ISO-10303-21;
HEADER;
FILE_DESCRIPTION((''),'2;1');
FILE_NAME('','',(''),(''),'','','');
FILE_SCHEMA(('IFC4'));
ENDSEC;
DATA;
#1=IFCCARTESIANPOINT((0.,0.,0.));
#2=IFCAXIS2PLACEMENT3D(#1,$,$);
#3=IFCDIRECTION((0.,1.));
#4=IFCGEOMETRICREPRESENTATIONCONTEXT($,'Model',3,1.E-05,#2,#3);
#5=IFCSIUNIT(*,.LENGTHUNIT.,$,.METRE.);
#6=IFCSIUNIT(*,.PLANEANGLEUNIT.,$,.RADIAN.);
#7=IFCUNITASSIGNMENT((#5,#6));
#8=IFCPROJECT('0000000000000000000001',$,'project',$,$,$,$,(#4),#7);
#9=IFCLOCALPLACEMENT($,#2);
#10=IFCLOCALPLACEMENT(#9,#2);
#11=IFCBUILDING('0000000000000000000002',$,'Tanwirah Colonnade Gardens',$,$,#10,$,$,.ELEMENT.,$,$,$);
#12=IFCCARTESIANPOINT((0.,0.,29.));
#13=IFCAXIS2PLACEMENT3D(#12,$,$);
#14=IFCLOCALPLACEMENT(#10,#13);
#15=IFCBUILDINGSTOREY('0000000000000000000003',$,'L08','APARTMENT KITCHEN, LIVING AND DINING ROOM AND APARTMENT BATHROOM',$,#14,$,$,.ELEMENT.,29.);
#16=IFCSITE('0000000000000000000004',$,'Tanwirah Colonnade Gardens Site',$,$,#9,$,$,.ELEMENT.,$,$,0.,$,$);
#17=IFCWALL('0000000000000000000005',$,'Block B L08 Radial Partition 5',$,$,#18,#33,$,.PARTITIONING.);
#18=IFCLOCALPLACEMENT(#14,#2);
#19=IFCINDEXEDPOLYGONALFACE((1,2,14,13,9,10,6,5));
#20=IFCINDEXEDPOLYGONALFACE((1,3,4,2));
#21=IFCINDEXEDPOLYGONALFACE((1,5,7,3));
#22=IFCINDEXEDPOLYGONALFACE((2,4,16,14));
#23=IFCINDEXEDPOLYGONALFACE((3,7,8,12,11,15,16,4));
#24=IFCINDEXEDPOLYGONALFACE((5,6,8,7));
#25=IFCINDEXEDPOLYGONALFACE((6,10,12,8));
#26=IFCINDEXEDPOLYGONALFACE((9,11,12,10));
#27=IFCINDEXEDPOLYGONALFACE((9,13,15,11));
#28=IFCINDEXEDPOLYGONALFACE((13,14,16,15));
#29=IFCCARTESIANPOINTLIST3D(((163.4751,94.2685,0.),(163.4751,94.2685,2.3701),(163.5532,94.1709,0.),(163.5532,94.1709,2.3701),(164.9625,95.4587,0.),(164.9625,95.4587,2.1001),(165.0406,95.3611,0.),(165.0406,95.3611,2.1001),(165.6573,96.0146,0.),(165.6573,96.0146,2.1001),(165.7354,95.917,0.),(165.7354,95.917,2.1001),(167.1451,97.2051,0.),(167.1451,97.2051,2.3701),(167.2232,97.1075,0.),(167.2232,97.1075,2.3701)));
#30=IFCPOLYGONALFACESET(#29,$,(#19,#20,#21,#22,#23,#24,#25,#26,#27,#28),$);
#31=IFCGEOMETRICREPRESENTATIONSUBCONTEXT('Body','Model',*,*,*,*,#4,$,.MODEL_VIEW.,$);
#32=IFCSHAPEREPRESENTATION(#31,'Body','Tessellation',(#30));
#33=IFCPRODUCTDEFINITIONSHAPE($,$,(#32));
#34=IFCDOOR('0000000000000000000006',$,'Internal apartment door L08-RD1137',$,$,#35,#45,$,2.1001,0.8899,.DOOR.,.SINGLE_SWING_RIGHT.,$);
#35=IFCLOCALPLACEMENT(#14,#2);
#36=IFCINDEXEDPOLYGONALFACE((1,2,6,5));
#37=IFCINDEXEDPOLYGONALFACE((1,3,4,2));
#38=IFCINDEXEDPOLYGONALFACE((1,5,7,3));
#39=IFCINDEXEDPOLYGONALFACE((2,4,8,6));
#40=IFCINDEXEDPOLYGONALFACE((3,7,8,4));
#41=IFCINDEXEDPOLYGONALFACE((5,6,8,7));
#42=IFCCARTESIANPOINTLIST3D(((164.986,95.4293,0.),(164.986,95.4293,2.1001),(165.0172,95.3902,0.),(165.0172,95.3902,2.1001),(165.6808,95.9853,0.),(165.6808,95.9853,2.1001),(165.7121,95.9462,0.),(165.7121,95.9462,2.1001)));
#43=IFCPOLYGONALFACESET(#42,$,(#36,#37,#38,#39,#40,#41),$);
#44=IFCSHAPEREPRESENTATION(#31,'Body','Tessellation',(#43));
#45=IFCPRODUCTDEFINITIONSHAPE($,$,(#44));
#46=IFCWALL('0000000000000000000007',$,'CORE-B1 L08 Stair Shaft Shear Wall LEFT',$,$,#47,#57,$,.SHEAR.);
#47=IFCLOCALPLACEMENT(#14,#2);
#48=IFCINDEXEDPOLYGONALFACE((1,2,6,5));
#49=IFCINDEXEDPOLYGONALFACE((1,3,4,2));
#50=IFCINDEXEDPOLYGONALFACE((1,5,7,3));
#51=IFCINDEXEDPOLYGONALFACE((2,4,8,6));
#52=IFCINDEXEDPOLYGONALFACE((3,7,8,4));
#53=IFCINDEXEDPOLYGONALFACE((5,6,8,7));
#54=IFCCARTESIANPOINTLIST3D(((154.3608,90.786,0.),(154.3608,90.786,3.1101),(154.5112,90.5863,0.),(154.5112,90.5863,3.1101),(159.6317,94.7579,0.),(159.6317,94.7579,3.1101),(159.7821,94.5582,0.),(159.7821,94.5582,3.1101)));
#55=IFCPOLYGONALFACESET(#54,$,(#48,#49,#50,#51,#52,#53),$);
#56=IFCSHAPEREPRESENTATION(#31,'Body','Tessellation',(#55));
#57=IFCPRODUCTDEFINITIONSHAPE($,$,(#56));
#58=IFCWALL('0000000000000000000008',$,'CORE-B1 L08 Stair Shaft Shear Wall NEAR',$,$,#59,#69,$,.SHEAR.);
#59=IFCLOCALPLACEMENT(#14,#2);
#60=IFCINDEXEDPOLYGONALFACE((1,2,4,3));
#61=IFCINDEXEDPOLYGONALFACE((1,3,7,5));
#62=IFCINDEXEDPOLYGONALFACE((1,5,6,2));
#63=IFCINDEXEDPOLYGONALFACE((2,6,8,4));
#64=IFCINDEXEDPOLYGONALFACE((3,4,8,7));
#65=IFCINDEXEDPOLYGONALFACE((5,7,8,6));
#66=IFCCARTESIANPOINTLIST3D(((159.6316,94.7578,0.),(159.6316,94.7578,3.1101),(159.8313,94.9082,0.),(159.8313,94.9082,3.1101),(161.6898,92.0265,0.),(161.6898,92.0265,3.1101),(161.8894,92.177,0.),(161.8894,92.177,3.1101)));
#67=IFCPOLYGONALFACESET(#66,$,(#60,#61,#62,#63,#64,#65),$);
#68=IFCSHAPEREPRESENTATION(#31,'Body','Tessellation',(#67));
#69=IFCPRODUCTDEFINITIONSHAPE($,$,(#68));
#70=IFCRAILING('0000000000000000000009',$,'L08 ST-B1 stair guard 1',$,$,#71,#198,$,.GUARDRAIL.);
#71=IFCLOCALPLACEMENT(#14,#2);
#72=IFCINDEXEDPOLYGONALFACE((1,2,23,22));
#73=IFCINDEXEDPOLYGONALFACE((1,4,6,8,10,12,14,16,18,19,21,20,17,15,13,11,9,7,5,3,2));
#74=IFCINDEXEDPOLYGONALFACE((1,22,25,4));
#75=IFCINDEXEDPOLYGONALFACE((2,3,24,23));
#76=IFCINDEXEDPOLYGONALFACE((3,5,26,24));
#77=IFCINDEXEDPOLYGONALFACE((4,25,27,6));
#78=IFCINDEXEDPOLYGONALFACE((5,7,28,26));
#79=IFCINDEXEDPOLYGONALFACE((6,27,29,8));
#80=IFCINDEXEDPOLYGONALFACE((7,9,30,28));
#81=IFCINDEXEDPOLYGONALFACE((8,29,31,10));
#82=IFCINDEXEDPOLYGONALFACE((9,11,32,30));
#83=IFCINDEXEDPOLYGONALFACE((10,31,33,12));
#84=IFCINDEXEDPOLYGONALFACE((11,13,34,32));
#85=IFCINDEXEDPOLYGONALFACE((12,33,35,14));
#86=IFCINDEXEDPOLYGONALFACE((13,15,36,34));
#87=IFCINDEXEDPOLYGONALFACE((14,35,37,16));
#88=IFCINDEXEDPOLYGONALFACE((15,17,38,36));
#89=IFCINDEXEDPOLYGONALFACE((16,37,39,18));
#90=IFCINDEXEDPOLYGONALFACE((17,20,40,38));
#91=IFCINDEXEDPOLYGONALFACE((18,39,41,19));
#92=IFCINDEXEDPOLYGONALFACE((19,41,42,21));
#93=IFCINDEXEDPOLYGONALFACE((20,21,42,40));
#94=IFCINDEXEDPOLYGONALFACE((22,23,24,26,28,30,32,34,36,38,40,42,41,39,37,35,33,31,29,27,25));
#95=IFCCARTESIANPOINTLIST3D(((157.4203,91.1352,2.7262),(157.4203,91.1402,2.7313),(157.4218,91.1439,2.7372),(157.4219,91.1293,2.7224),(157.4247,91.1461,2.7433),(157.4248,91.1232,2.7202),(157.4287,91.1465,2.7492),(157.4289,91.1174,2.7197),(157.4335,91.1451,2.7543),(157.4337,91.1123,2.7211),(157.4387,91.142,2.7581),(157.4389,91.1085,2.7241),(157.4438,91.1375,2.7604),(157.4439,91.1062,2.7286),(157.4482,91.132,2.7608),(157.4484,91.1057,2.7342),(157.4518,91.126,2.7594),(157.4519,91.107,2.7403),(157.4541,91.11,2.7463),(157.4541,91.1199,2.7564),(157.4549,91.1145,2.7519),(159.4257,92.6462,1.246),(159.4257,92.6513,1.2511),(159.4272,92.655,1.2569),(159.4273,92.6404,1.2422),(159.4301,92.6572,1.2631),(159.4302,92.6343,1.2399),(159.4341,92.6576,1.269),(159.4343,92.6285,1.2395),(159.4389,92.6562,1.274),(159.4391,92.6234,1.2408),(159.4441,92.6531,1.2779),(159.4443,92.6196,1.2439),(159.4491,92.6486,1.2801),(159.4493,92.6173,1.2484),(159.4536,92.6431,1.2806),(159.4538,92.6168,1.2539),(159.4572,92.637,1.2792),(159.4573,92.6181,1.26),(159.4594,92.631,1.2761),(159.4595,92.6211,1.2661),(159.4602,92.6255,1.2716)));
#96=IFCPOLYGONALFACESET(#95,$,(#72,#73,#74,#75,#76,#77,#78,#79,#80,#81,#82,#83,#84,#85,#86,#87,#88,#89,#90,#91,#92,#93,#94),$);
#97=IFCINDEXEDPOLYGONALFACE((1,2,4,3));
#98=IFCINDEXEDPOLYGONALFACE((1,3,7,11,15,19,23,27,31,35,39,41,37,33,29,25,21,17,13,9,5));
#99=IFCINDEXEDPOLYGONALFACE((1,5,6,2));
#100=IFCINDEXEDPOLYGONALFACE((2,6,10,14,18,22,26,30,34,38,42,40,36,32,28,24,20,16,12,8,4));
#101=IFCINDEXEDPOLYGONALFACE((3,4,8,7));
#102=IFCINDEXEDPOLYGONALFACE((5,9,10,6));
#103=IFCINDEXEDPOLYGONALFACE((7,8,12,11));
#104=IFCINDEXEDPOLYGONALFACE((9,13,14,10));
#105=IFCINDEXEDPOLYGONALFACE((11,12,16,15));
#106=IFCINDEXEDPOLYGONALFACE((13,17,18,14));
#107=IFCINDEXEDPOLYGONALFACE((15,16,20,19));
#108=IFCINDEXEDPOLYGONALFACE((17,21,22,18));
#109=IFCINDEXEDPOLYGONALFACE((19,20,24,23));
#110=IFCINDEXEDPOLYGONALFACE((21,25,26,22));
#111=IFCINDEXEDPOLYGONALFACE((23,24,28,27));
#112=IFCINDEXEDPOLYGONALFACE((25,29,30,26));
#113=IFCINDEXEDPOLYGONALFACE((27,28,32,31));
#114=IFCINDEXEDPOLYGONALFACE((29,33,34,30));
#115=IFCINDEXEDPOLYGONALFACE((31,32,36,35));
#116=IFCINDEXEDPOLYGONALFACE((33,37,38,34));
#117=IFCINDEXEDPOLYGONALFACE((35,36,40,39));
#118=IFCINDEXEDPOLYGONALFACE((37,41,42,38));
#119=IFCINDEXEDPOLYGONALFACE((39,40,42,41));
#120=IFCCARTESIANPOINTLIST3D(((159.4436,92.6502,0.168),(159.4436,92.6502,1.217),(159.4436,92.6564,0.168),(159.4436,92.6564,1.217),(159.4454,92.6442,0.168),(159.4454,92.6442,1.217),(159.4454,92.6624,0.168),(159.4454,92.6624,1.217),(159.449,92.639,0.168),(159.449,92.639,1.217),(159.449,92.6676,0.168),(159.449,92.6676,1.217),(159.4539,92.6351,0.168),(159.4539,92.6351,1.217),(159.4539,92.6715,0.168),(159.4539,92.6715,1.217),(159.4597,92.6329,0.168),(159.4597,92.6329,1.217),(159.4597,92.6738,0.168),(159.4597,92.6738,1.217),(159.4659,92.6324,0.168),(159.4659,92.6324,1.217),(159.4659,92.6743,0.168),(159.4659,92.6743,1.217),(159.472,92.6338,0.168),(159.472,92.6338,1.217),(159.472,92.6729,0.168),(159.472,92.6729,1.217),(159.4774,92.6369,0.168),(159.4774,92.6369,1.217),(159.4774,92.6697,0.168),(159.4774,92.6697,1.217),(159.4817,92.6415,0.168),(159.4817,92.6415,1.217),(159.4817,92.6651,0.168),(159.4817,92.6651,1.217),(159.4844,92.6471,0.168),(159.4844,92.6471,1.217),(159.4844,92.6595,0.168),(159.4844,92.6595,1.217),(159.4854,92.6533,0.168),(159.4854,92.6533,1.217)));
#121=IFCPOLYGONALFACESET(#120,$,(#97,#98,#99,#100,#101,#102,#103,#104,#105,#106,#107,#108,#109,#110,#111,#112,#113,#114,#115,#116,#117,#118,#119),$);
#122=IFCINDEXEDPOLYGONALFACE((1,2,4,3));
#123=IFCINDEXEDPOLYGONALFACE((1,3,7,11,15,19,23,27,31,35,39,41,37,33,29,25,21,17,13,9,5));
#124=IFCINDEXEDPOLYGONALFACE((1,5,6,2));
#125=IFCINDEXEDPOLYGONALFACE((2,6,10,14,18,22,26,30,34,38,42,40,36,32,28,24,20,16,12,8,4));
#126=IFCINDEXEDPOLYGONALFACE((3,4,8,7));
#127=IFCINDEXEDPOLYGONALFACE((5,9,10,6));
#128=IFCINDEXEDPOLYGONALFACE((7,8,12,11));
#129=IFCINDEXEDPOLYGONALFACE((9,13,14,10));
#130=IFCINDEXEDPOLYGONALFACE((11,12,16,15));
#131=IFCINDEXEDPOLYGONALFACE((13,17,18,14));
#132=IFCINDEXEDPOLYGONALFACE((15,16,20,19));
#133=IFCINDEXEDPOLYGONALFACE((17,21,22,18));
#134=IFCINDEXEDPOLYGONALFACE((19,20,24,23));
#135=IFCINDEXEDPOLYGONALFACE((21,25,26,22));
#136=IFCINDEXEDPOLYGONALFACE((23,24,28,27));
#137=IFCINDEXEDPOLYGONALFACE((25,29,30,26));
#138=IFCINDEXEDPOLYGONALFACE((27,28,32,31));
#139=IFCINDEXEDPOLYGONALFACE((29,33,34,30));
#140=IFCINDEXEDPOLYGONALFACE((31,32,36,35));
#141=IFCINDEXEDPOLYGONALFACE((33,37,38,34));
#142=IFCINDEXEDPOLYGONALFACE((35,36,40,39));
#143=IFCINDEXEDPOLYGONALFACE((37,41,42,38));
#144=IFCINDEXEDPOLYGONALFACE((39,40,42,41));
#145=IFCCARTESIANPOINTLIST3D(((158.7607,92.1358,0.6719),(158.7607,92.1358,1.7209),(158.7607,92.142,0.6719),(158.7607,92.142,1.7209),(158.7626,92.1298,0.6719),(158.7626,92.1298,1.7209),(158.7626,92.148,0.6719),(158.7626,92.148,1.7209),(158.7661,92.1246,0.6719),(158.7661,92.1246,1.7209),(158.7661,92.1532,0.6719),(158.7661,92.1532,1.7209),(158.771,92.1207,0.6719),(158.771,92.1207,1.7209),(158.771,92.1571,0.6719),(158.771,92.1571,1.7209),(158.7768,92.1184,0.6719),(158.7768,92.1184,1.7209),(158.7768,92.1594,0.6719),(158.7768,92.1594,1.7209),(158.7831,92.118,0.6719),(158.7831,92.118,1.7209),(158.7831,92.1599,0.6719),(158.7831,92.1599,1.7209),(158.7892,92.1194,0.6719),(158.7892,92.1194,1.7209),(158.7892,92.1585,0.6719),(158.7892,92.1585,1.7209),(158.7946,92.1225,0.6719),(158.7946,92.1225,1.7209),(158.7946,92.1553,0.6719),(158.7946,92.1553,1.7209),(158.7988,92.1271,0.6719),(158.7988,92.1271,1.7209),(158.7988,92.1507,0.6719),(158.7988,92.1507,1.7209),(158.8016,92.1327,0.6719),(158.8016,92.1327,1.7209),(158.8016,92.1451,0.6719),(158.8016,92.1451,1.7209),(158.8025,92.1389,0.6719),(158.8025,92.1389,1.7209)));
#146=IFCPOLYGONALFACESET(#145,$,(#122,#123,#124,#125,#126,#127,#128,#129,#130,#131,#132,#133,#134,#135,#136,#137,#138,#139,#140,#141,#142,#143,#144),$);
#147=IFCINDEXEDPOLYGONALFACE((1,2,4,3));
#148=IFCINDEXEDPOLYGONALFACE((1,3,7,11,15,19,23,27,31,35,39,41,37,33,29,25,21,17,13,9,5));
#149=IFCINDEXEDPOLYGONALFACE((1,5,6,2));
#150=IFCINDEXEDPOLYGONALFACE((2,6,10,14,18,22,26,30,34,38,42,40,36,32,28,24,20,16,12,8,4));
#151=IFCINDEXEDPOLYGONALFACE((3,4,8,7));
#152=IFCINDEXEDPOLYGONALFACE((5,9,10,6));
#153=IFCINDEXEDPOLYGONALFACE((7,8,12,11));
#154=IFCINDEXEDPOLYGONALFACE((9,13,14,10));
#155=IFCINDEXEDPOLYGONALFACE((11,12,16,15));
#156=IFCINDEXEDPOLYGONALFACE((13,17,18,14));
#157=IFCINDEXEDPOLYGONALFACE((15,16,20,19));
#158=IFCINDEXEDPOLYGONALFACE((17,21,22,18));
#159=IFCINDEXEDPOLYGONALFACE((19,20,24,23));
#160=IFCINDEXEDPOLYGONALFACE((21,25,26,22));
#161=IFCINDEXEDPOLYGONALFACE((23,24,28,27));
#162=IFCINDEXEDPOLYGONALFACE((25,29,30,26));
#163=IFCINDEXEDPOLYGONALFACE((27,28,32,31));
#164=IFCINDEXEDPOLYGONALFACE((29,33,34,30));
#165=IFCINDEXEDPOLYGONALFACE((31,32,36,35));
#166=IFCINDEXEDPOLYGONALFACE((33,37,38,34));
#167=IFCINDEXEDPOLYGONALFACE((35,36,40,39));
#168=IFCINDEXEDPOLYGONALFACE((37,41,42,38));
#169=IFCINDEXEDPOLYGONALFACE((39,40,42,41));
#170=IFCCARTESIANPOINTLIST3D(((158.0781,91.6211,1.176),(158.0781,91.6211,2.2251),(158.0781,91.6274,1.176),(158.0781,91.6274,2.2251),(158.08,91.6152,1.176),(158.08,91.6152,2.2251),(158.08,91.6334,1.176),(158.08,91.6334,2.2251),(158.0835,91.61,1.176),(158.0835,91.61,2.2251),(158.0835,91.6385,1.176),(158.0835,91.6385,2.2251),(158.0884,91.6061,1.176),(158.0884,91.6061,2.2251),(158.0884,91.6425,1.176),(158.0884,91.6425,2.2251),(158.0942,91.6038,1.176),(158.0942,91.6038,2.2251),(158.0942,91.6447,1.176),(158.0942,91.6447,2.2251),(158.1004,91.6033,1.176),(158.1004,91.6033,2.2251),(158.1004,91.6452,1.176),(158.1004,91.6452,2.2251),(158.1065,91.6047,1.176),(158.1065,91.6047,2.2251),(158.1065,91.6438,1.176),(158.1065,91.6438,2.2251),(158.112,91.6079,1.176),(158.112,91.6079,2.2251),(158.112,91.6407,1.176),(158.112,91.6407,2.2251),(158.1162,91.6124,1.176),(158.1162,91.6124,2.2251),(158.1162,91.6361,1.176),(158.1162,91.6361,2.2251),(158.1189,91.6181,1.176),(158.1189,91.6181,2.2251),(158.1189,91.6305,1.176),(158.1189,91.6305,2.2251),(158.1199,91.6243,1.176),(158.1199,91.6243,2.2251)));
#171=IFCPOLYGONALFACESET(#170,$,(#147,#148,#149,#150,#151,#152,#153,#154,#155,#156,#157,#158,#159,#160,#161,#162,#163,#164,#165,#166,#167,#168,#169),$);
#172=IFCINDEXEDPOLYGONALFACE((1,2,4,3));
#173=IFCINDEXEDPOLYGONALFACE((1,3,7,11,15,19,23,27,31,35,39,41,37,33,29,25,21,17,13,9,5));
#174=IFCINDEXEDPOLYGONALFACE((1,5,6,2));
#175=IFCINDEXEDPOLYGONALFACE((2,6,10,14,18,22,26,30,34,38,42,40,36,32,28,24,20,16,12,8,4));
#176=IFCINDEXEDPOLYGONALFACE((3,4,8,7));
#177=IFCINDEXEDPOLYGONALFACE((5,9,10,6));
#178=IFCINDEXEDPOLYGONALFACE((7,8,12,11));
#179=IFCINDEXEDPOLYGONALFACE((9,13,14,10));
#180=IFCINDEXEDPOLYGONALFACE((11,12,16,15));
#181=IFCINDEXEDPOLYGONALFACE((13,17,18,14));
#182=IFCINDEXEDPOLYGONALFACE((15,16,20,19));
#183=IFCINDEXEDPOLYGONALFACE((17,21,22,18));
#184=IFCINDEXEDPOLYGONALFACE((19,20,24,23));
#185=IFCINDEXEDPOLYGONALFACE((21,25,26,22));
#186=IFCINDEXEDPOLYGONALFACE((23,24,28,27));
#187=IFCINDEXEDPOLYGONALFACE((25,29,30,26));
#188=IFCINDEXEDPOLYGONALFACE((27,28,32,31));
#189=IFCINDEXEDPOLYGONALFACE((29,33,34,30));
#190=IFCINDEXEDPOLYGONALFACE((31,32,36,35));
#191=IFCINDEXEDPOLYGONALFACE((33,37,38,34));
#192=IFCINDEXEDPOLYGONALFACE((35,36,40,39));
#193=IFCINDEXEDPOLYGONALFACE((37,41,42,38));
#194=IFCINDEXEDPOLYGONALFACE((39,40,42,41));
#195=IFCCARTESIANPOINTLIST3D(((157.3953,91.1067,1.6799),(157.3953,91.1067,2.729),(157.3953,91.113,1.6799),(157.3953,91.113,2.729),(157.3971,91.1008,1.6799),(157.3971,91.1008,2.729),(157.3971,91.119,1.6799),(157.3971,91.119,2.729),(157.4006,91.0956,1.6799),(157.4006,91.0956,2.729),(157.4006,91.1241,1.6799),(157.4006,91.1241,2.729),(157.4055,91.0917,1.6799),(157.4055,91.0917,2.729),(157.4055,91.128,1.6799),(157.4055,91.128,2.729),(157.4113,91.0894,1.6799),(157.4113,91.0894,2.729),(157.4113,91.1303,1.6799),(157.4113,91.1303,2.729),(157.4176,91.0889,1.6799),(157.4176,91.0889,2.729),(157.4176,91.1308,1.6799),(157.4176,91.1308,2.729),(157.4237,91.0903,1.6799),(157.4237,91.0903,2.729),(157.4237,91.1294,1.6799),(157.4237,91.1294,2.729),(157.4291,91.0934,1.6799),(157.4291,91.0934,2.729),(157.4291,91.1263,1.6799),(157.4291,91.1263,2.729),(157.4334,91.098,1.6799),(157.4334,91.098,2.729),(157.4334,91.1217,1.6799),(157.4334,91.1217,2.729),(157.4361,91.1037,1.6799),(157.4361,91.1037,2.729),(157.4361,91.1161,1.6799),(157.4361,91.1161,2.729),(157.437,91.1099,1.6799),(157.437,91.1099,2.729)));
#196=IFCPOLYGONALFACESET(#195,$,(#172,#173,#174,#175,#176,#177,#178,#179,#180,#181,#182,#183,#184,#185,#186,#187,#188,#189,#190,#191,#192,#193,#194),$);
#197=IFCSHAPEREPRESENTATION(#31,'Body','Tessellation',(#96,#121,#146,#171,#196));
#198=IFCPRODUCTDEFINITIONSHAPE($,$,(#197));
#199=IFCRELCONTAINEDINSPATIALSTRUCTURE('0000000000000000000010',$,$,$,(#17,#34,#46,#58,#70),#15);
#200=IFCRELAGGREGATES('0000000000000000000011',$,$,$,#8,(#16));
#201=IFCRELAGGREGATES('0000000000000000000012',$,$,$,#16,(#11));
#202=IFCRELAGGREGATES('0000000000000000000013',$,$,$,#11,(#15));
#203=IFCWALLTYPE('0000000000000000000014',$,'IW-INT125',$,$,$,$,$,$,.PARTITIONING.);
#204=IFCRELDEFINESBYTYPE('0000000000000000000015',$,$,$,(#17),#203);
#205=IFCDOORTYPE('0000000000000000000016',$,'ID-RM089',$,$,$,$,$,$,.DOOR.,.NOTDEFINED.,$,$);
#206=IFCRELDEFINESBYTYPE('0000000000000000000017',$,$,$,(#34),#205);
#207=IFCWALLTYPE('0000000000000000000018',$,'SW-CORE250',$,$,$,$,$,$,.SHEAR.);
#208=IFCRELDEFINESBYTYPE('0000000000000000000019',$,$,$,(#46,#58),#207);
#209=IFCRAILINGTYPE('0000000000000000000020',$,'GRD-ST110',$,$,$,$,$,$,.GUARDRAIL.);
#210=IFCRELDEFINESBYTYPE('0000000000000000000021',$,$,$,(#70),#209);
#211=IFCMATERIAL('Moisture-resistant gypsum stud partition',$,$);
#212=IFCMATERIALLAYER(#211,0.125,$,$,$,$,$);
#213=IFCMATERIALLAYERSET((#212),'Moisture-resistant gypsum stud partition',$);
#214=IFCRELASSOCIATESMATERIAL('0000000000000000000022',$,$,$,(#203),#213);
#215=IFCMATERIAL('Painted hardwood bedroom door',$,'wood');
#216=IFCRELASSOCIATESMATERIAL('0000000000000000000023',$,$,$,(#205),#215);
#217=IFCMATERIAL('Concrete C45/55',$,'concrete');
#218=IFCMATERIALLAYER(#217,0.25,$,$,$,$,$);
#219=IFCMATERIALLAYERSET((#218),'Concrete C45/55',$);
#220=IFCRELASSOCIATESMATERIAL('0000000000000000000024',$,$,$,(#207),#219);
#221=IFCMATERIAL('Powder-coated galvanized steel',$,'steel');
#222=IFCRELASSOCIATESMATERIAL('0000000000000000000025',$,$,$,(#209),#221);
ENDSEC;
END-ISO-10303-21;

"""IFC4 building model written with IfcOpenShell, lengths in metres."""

from ifc_helpers import new_model, si_unit, direction, frame, frame_2d, origin, origin_2d, place, context, subcontext, project, spatial, rectangle, circle, extrude, material, layer, layer_set, type_object, element, fill, save


model = new_model("IFC4")

# Units and contexts
model_context = context("Model", 3, precision=1e-05, world=origin(), true_north=direction((0.0, 1.0)))
body_context = subcontext(model_context, "Body", "Model", "MODEL_VIEW")
ifc_project = project(units=[si_unit("LENGTHUNIT", "METRE"), si_unit("PLANEANGLEUNIT", "RADIAN")], contexts=[model_context])

# Site, building, storey
site_placement = place(None, origin())
site = spatial("IfcSite", under=ifc_project, at=site_placement, Name="Tanwirah Colonnade Gardens Site", CompositionType="ELEMENT", RefElevation=0.0)
building_placement = place(site_placement, origin())
building = spatial("IfcBuilding", under=site, at=building_placement, Name="Tanwirah Colonnade Gardens", CompositionType="ELEMENT")
storey_placement = place(building_placement, frame((0.0, 0.0, 29.0)))
storey = spatial("IfcBuildingStorey", under=building, at=storey_placement, Name="L08", Description="APARTMENT KITCHEN, LIVING AND DINING ROOM AND APARTMENT BATHROOM", CompositionType="ELEMENT", Elevation=29.0)

# Wall, opening, door
ifc_material_1 = material(Name="Moisture-resistant gypsum stud partition")
ifc_layer_1 = layer(ifc_material_1, 0.125)
ifc_layer_set_1 = layer_set([ifc_layer_1], Name="Moisture-resistant gypsum stud partition")
wall_type_1 = type_object("IfcWallType", Name="IW-INT125", PredefinedType="PARTITIONING", material=ifc_layer_set_1)
wall_1_placement = place(storey_placement, frame((163.5142, 94.2197, 0.0), z_axis=(0.0, 0.0, 1.0), x_axis=(0.780808, 0.624771, 0.0)))
wall_1 = element("IfcWall", 1, at=wall_1_placement, inside=storey, type_object=wall_type_1, Name="Block B L08 Radial Partition 5", PredefinedType="PARTITIONING", context=body_context, shape_type="SweptSolid", body=[
    extrude(rectangle(XDim=4.7002, YDim=0.125, at=frame_2d((2.3501, 0.0))), origin(), (0.0, 0.0, 1.0), 2.3701),
])
opening_1_placement = place(wall_1_placement, frame((1.905, 0.0, 0.0)))
opening_1 = element("IfcOpeningElement", 2, at=opening_1_placement, cuts=wall_1, PredefinedType="OPENING", context=body_context, shape_type="SweptSolid", body=[
    extrude(rectangle(XDim=0.8899, YDim=2.1001, at=frame_2d((0.4448, 1.05))), frame((0.0, 0.0725, 0.0), z_axis=(0.0, -1.0, 0.0), x_axis=(1.0, 0.0, 0.0)), (0.0, 0.0, 1.0), 0.145),
])
ifc_material_2 = material(Name="Painted hardwood bedroom door", Category="wood")
door_type_1 = type_object("IfcDoorType", Name="ID-RM089", OperationType="NOTDEFINED", PredefinedType="DOOR", material=ifc_material_2)
door_1_placement = place(opening_1_placement, origin())
door_1 = element("IfcDoor", 3, at=door_1_placement, inside=storey, type_object=door_type_1, Name="Internal apartment door L08-RD1137", OperationType="SINGLE_SWING_RIGHT", OverallHeight=2.1001, OverallWidth=0.8899, PredefinedType="DOOR", context=body_context, shape_type="SweptSolid", body=[
    extrude(rectangle(XDim=0.8899, YDim=2.1001, at=frame_2d((0.4448, 1.05))), frame((0.0, 0.0249, 0.0), z_axis=(0.0, -1.0, 0.0), x_axis=(1.0, 0.0, 0.0)), (0.0, 0.0, 1.0), 0.05),
])
fill(opening_1, door_1)

# Walls
ifc_material_3 = material(Name="Concrete C45/55", Category="concrete")
ifc_layer_2 = layer(ifc_material_3, 0.25)
ifc_layer_set_2 = layer_set([ifc_layer_2], Name="Concrete C45/55")
wall_type_2 = type_object("IfcWallType", Name="SW-CORE250", PredefinedType="SHEAR", material=ifc_layer_set_2)
wall_2_placement = place(storey_placement, frame((159.7068, 94.658, 0.0), z_axis=(0.0, 0.0, 1.0), x_axis=(-0.79864, -0.60181, 0.0)))
element("IfcWall", 4, at=wall_2_placement, inside=storey, type_object=wall_type_2, Name="CORE-B1 L08 Stair Shaft Shear Wall LEFT", PredefinedType="SHEAR", context=body_context, shape_type="SweptSolid", body=[
    extrude(rectangle(XDim=6.5999, YDim=0.25, at=frame_2d((3.2998, 0.0))), origin(), (0.0, 0.0, 1.0), 3.1101),
])
wall_3_placement = place(storey_placement, frame((159.7314, 94.833, 0.0), z_axis=(0.0, 0.0, 1.0), x_axis=(0.601815, -0.798636, 0.0)))
element("IfcWall", 5, at=wall_3_placement, inside=storey, type_object=wall_type_2, Name="CORE-B1 L08 Stair Shaft Shear Wall NEAR", PredefinedType="SHEAR", context=body_context, shape_type="SweptSolid", body=[
    extrude(rectangle(XDim=3.4199, YDim=0.25, at=frame_2d((1.71, 0.0))), origin(), (0.0, 0.0, 1.0), 3.1101),
])

# Railing
ifc_material_4 = material(Name="Powder-coated galvanized steel", Category="steel")
railing_type_1 = type_object("IfcRailingType", Name="GRD-ST110", PredefinedType="GUARDRAIL", material=ifc_material_4)
railing_1_placement = place(storey_placement, frame((159.4644, 92.6533, 0.168)))
element("IfcRailing", 6, at=railing_1_placement, inside=storey, type_object=railing_type_1, Name="L08 ST-B1 stair guard 1", PredefinedType="GUARDRAIL", context=body_context, shape_type="SweptSolid", body=[
    extrude(circle(Radius=0.0239, at=origin_2d()), frame((-0.0215, -0.0161, 1.092), z_axis=(-0.687998, -0.518418, 0.50784), x_axis=(0.601796, -0.79865, 0.0)), (0.0, 0.0, 1.0), 2.9148),
    extrude(circle(Radius=0.021, at=origin_2d()), origin(), (0.0, 0.0, 1.0), 1.0491),
    extrude(circle(Radius=0.021, at=origin_2d()), frame((-0.6829, -0.5144, 0.5039)), (0.0, 0.0, 1.0), 1.0491),
    extrude(circle(Radius=0.021, at=origin_2d()), frame((-1.3655, -1.0291, 1.0081)), (0.0, 0.0, 1.0), 1.0491),
    extrude(circle(Radius=0.021, at=origin_2d()), frame((-2.0483, -1.5435, 1.512)), (0.0, 0.0, 1.0), 1.0491),
])

save(model, "model.ifc")
